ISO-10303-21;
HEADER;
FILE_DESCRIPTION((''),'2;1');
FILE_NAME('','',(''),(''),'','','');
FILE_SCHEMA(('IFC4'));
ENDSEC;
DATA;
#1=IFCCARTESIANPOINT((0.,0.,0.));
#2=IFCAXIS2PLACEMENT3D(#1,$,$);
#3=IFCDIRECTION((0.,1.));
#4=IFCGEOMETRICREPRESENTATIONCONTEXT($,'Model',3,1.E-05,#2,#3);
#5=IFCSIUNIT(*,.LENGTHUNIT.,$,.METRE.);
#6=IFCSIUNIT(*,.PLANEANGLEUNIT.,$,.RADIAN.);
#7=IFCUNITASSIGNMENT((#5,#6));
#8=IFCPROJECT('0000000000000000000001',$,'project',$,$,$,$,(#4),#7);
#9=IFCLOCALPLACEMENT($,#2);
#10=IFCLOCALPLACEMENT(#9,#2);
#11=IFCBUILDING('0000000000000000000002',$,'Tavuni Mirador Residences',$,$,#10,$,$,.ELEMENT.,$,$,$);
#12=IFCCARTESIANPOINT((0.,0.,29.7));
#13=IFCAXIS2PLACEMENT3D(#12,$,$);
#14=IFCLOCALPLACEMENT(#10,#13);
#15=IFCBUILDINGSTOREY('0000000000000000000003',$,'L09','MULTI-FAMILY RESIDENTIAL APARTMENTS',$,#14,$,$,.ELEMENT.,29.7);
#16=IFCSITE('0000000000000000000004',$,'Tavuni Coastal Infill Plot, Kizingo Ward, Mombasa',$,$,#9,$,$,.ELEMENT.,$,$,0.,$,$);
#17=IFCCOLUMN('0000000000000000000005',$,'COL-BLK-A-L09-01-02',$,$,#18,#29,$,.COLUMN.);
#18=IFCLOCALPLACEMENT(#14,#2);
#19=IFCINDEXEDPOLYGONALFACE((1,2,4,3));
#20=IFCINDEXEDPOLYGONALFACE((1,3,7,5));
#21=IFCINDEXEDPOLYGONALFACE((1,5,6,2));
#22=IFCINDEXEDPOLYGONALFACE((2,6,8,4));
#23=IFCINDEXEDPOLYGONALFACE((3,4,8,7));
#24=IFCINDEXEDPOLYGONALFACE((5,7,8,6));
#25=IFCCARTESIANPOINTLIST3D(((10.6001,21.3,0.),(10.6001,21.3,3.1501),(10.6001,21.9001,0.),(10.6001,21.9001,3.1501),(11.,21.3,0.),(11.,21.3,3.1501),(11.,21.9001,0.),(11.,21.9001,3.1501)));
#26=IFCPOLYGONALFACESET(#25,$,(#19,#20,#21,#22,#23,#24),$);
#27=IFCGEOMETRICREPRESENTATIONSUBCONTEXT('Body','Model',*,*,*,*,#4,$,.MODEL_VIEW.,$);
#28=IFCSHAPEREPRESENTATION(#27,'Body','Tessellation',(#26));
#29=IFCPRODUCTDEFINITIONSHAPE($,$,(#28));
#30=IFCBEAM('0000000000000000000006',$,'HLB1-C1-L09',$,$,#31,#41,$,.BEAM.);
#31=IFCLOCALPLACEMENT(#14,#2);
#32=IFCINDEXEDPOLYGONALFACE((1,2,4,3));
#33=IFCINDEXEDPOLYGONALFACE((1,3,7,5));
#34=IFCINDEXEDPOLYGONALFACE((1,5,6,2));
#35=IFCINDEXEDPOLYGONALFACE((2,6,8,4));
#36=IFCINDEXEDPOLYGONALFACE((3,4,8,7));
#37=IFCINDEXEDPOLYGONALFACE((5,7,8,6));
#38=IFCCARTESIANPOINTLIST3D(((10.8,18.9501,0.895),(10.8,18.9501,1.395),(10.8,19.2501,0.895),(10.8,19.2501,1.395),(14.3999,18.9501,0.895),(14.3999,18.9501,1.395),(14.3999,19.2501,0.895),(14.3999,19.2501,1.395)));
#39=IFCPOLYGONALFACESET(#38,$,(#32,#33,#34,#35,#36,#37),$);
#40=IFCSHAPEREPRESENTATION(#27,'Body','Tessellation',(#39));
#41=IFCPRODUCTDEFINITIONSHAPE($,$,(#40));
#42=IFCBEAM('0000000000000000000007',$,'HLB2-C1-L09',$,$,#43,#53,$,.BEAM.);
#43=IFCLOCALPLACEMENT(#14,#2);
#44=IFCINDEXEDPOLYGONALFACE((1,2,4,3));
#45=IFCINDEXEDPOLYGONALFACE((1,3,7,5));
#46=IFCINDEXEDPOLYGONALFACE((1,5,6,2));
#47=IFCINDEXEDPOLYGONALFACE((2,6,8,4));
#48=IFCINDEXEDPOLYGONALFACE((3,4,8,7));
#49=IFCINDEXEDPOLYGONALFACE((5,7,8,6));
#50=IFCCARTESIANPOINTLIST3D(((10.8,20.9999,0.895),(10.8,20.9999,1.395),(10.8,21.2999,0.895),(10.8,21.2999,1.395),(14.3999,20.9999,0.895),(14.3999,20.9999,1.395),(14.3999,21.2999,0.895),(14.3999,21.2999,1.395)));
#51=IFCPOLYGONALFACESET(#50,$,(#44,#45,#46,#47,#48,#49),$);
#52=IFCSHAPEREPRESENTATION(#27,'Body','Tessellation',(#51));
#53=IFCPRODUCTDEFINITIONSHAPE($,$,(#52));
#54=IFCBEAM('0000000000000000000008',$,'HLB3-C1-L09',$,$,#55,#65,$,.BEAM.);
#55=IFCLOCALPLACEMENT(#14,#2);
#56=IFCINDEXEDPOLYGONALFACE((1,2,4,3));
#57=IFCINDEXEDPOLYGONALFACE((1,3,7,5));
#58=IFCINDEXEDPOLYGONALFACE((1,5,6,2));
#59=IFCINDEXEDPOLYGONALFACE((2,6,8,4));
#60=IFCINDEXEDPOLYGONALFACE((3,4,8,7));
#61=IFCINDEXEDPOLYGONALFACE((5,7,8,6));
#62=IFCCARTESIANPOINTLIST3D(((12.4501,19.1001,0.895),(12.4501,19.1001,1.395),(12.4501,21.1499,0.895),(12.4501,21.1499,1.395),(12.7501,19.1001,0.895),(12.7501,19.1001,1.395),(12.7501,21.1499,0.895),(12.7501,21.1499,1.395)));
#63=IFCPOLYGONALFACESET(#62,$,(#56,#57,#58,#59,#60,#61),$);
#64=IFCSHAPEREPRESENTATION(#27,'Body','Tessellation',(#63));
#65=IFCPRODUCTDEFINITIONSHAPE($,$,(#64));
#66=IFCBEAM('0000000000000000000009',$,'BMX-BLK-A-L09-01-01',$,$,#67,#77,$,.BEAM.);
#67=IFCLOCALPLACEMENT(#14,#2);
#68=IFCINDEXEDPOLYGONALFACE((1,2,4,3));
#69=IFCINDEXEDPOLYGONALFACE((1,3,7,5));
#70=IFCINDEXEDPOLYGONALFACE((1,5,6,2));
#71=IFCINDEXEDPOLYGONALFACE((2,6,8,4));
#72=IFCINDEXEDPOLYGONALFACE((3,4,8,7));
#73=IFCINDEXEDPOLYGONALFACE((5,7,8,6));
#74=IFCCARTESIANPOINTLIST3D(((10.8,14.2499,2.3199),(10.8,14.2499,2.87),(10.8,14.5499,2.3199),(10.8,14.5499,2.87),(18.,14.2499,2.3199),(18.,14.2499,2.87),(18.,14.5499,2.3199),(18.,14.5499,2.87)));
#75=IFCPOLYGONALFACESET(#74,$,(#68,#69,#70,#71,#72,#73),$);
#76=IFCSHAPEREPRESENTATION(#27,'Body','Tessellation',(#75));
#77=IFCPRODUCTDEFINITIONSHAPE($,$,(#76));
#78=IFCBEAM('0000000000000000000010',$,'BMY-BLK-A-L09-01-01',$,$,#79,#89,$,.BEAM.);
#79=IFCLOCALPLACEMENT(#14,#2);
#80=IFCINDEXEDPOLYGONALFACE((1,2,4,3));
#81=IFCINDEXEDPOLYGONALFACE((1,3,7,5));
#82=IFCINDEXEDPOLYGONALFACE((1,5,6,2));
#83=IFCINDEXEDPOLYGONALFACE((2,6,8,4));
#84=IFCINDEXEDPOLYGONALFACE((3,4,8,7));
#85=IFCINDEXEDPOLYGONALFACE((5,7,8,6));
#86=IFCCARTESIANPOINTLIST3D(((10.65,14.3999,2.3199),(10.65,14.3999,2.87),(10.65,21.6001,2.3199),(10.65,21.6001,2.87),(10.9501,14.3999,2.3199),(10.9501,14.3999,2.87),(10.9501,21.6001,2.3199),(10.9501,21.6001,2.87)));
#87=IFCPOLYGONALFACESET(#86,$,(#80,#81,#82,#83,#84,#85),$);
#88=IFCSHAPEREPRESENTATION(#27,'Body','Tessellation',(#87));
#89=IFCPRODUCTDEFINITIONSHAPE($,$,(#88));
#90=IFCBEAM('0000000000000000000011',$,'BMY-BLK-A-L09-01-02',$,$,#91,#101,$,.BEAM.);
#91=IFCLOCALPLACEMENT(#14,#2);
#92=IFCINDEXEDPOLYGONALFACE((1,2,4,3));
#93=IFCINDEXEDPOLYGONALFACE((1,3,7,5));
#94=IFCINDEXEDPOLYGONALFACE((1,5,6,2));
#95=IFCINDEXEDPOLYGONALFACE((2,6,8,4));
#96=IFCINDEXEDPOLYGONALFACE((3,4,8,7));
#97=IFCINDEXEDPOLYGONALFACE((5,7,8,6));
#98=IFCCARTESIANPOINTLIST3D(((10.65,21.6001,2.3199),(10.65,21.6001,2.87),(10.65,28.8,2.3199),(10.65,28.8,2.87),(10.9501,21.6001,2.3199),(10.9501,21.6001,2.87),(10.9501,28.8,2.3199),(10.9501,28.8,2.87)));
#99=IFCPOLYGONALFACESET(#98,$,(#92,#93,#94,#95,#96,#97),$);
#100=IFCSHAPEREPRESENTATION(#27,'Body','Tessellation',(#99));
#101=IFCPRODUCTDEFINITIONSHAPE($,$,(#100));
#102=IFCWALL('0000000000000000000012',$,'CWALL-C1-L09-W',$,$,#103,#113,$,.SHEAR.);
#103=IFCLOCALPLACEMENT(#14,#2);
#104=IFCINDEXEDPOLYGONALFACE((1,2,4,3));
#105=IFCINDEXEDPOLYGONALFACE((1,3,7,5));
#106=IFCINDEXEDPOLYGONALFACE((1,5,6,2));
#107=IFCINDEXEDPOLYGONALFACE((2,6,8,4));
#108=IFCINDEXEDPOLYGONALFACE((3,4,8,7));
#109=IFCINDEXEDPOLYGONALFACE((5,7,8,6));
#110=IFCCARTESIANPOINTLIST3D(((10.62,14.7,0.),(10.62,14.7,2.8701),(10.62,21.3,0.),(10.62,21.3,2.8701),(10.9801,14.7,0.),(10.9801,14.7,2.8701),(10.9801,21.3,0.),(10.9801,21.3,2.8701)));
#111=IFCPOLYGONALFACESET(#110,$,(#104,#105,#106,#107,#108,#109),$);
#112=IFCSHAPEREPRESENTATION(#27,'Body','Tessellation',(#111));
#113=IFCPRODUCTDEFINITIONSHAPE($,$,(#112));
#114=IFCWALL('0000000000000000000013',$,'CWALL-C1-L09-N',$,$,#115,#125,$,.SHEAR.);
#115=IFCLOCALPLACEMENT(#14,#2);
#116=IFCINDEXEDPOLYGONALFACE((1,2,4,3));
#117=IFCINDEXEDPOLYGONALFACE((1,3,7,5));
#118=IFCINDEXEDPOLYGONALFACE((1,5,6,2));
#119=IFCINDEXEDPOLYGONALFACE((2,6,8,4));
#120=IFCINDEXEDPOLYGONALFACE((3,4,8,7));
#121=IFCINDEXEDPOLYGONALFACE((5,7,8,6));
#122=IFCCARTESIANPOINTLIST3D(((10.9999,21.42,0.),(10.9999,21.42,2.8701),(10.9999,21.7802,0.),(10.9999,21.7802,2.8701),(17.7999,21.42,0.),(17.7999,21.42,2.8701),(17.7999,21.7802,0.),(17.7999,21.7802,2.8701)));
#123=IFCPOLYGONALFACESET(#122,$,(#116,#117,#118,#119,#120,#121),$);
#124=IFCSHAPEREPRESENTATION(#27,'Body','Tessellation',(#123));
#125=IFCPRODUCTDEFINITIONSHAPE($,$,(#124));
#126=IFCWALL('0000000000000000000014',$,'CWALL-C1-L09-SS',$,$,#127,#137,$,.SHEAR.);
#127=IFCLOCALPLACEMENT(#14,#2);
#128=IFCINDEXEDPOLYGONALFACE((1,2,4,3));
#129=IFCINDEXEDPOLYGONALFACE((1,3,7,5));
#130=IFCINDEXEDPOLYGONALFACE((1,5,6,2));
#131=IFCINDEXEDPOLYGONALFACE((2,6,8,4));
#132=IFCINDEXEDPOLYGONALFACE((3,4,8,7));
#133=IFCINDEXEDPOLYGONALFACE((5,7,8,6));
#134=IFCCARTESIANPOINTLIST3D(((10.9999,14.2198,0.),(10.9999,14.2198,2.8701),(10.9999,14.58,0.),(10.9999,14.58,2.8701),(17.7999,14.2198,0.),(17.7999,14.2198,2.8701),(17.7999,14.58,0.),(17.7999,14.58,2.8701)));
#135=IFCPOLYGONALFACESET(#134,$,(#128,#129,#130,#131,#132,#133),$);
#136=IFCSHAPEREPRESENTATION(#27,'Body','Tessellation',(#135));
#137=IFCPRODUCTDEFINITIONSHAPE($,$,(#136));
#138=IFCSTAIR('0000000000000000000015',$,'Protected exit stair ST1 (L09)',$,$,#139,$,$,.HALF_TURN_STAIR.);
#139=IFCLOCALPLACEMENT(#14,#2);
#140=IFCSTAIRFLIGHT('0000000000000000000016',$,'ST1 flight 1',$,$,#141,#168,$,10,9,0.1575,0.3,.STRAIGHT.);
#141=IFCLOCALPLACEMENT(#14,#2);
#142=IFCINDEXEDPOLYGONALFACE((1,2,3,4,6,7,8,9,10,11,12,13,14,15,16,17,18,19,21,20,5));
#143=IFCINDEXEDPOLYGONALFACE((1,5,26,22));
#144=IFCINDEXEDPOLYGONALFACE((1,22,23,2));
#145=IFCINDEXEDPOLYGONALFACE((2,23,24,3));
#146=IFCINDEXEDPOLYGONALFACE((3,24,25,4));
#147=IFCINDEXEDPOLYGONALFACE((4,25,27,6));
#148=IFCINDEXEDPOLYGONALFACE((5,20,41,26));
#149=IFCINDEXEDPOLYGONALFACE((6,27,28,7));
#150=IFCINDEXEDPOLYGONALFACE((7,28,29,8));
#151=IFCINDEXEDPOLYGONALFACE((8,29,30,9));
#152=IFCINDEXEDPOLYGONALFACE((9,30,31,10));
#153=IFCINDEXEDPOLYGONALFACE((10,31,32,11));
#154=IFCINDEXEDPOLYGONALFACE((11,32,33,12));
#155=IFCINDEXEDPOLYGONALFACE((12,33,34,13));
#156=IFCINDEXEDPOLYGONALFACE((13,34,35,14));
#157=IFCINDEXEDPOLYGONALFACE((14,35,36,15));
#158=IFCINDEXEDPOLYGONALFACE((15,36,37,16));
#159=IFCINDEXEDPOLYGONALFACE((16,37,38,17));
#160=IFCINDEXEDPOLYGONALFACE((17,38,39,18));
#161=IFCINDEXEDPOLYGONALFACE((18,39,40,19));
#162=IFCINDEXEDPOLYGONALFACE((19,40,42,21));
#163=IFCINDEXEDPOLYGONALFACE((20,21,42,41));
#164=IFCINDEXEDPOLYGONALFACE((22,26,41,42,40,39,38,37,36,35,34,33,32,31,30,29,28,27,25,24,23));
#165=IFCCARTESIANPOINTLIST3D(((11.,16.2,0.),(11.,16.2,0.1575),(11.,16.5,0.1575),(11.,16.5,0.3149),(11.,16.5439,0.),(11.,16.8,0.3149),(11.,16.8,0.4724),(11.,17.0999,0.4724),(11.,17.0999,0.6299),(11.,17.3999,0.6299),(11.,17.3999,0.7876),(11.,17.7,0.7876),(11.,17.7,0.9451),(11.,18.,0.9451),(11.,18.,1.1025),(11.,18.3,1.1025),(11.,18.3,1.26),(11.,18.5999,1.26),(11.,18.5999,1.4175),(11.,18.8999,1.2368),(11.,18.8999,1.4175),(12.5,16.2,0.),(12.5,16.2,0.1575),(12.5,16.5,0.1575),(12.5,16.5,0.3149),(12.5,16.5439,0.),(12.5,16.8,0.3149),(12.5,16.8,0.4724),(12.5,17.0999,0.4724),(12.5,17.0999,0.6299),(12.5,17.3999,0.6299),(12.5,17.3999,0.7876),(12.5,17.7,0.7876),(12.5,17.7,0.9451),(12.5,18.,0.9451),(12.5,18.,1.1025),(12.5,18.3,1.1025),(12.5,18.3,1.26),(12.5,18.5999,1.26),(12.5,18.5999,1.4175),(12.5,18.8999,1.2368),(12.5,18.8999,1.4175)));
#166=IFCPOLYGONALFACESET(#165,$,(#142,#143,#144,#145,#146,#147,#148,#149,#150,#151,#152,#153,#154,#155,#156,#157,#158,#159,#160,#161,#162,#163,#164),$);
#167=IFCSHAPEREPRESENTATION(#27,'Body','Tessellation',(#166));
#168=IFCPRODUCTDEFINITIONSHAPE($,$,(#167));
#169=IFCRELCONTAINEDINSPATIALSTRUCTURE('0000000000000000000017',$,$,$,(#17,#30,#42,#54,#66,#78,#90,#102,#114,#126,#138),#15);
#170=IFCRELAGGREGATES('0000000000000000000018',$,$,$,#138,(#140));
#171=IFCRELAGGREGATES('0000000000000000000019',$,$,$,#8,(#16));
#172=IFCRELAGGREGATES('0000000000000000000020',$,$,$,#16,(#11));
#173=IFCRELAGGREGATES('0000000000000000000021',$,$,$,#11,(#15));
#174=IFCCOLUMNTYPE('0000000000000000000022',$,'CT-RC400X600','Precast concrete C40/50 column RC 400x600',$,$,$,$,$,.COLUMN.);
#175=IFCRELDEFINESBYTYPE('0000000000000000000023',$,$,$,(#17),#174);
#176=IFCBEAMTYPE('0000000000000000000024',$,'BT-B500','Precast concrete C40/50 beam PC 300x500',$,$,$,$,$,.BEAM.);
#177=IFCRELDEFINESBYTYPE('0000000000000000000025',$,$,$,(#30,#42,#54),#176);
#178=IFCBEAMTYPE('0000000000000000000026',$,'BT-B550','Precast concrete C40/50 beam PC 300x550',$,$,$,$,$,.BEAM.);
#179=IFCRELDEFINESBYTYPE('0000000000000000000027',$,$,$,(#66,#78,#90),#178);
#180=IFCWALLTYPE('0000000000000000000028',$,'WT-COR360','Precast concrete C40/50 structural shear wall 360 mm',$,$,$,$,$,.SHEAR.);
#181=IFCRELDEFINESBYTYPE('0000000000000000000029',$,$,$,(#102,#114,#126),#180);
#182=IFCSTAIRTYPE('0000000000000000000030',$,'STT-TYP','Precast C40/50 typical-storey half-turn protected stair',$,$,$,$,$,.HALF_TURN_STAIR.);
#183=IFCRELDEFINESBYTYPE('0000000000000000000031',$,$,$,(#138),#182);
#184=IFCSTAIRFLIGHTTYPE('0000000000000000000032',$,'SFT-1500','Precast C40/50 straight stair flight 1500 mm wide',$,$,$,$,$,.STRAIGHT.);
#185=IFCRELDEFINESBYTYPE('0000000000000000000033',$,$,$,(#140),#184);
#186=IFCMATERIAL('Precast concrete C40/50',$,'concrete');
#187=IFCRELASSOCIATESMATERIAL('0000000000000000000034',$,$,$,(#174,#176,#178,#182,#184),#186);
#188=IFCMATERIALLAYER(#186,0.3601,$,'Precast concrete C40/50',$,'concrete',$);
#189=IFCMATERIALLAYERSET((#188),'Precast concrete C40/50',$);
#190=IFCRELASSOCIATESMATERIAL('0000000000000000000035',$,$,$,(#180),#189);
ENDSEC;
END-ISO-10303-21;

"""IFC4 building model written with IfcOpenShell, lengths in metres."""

from ifc_helpers import new_model, si_unit, direction, frame, frame_2d, origin, origin_2d, place, context, subcontext, project, spatial, polyline, rectangle, outline, extrude, material, layer, layer_set, material_profile, profile_set, type_object, element, aggregate, save


model = new_model("IFC4")

# Units and contexts
model_context = context("Model", 3, precision=1e-05, world=origin(), true_north=direction((0.0, 1.0)))
body_context = subcontext(model_context, "Body", "Model", "MODEL_VIEW")
ifc_project = project(units=[si_unit("LENGTHUNIT", "METRE"), si_unit("PLANEANGLEUNIT", "RADIAN")], contexts=[model_context])

# Site, building, storey
site_placement = place(None, origin())
site = spatial("IfcSite", under=ifc_project, at=site_placement, Name="Tavuni Coastal Infill Plot, Kizingo Ward, Mombasa", CompositionType="ELEMENT", RefElevation=0.0)
building_placement = place(site_placement, origin())
building = spatial("IfcBuilding", under=site, at=building_placement, Name="Tavuni Mirador Residences", CompositionType="ELEMENT")
storey_placement = place(building_placement, frame((0.0, 0.0, 29.7)))
storey = spatial("IfcBuildingStorey", under=building, at=storey_placement, Name="L09", Description="MULTI-FAMILY RESIDENTIAL APARTMENTS", CompositionType="ELEMENT", Elevation=29.7)

# Column
ifc_material_1 = material(Name="Precast concrete C40/50", Category="concrete")
ifc_material_profile_1 = material_profile(ifc_material_1, rectangle(XDim=0.3999, YDim=0.6001, at=origin_2d()), Name="RC 400x600", Category="concrete")
ifc_profile_set_1 = profile_set([ifc_material_profile_1], Name="Precast concrete C40/50")
column_type = type_object("IfcColumnType", Name="CT-RC400X600", Description="Precast concrete C40/50 column RC 400x600", PredefinedType="COLUMN", material=ifc_profile_set_1)
column_placement = place(storey_placement, frame((10.8, 21.6001, 0.0), z_axis=(0.0, 0.0, 1.0), x_axis=(1.0, 0.0, 0.0)))
element("IfcColumn", 1, at=column_placement, inside=storey, type_object=column_type, Name="COL-BLK-A-L09-01-02", PredefinedType="COLUMN", context=body_context, shape_type="SweptSolid", body=[
    extrude(rectangle(XDim=0.3999, YDim=0.6001, at=origin_2d()), origin(), (0.0, 0.0, 1.0), 3.1501),
])

# Beams
ifc_material_profile_2 = material_profile(ifc_material_1, rectangle(XDim=0.3, YDim=0.5, at=origin_2d()), Name="PC 300x500", Category="concrete")
ifc_profile_set_2 = profile_set([ifc_material_profile_2], Name="Precast concrete C40/50")
beam_type_1 = type_object("IfcBeamType", Name="BT-B500", Description="Precast concrete C40/50 beam PC 300x500", PredefinedType="BEAM", material=ifc_profile_set_2)
for number, where, z_axis, x_axis, name in (
    (2, (10.8, 19.1001, 1.145), (1.0, 0.0, 0.0), (0.0, 1.0, 0.0), "HLB1-C1-L09"),
    (3, (10.8, 21.1499, 1.145), (1.0, 0.0, 0.0), (0.0, 1.0, 0.0), "HLB2-C1-L09"),
):
    element("IfcBeam", number, at=place(storey_placement, frame(where, z_axis=z_axis, x_axis=x_axis)), inside=storey, type_object=beam_type_1, Name=name, PredefinedType="BEAM", context=body_context, shape_type="SweptSolid", body=[
        extrude(rectangle(XDim=0.3, YDim=0.5, at=origin_2d()), origin(), (0.0, 0.0, 1.0), 3.5999),
    ])
beam_1_placement = place(storey_placement, frame((12.6001, 19.1001, 1.145), z_axis=(0.0, 1.0, 0.0), x_axis=(-1.0, 0.0, 0.0)))
element("IfcBeam", 4, at=beam_1_placement, inside=storey, type_object=beam_type_1, Name="HLB3-C1-L09", PredefinedType="BEAM", context=body_context, shape_type="SweptSolid", body=[
    extrude(rectangle(XDim=0.3, YDim=0.5, at=origin_2d()), origin(), (0.0, 0.0, 1.0), 2.0498),
])
ifc_material_profile_3 = material_profile(ifc_material_1, rectangle(XDim=0.3, YDim=0.55, at=origin_2d()), Name="PC 300x550", Category="concrete")
ifc_profile_set_3 = profile_set([ifc_material_profile_3], Name="Precast concrete C40/50")
beam_type_2 = type_object("IfcBeamType", Name="BT-B550", Description="Precast concrete C40/50 beam PC 300x550", PredefinedType="BEAM", material=ifc_profile_set_3)
beam_2_placement = place(storey_placement, frame((10.8, 14.3999, 2.595), z_axis=(1.0, 0.0, 0.0), x_axis=(0.0, 1.0, 0.0)))
element("IfcBeam", 5, at=beam_2_placement, inside=storey, type_object=beam_type_2, Name="BMX-BLK-A-L09-01-01", PredefinedType="BEAM", context=body_context, shape_type="SweptSolid", body=[
    extrude(rectangle(XDim=0.3, YDim=0.55, at=origin_2d()), origin(), (0.0, 0.0, 1.0), 7.2),
])
beam_3_placement = place(storey_placement, frame((10.8, 14.3999, 2.595), z_axis=(0.0, 1.0, 0.0), x_axis=(-1.0, 0.0, 0.0)))
element("IfcBeam", 6, at=beam_3_placement, inside=storey, type_object=beam_type_2, Name="BMY-BLK-A-L09-01-01", PredefinedType="BEAM", context=body_context, shape_type="SweptSolid", body=[
    extrude(rectangle(XDim=0.3, YDim=0.55, at=origin_2d()), origin(), (0.0, 0.0, 1.0), 7.2002),
])
beam_4_placement = place(storey_placement, frame((10.8, 21.6001, 2.595), z_axis=(0.0, 1.0, 0.0), x_axis=(-1.0, 0.0, 0.0)))
element("IfcBeam", 7, at=beam_4_placement, inside=storey, type_object=beam_type_2, Name="BMY-BLK-A-L09-01-02", PredefinedType="BEAM", context=body_context, shape_type="SweptSolid", body=[
    extrude(rectangle(XDim=0.3, YDim=0.55, at=origin_2d()), origin(), (0.0, 0.0, 1.0), 7.2),
])

# Walls
ifc_layer_1 = layer(ifc_material_1, 0.3601, Name="Precast concrete C40/50", Category="concrete")
ifc_layer_set_1 = layer_set([ifc_layer_1], Name="Precast concrete C40/50")
wall_type_1 = type_object("IfcWallType", Name="WT-COR360", Description="Precast concrete C40/50 structural shear wall 360 mm", PredefinedType="SHEAR", material=ifc_layer_set_1)
wall_1_placement = place(storey_placement, frame((10.8, 14.7, 0.0), z_axis=(0.0, 0.0, 1.0), x_axis=(0.0, 1.0, 0.0)))
element("IfcWall", 8, at=wall_1_placement, inside=storey, type_object=wall_type_1, Name="CWALL-C1-L09-W", PredefinedType="SHEAR", context=body_context, shape_type="SweptSolid", body=[
    extrude(rectangle(XDim=6.6001, YDim=0.3601, at=frame_2d((3.3, 0.0))), origin(), (0.0, 0.0, 1.0), 2.8701),
])
for number, where, z_axis, x_axis, name in (
    (9, (11.0, 21.6001, 0.0), (0.0, 0.0, 1.0), (1.0, 0.0, 0.0), "CWALL-C1-L09-N"),
    (10, (11.0, 14.3999, 0.0), (0.0, 0.0, 1.0), (1.0, 0.0, 0.0), "CWALL-C1-L09-SS"),
):
    element("IfcWall", number, at=place(storey_placement, frame(where, z_axis=z_axis, x_axis=x_axis)), inside=storey, type_object=wall_type_1, Name=name, PredefinedType="SHEAR", context=body_context, shape_type="SweptSolid", body=[
        extrude(rectangle(XDim=6.8, YDim=0.3601, at=frame_2d((3.3999, 0.0))), origin(), (0.0, 0.0, 1.0), 2.8701),
    ])

# Stair, stair flight
stair_type = type_object("IfcStairType", Name="STT-TYP", Description="Precast C40/50 typical-storey half-turn protected stair", PredefinedType="HALF_TURN_STAIR", material=ifc_material_1)
stair_placement = place(storey_placement, origin())
stair = element("IfcStair", 11, at=stair_placement, inside=storey, type_object=stair_type, Name="Protected exit stair ST1 (L09)", PredefinedType="HALF_TURN_STAIR")
stair_flight_type = type_object("IfcStairFlightType", Name="SFT-1500", Description="Precast C40/50 straight stair flight 1500 mm wide", PredefinedType="STRAIGHT", material=ifc_material_1)
stair_flight_placement = place(storey_placement, frame((11.75, 16.2, 0.0), z_axis=(0.0, 0.0, 1.0), x_axis=(0.0, 1.0, 0.0)))
stair_flight = element("IfcStairFlight", 12, at=stair_flight_placement, type_object=stair_flight_type, Name="ST1 flight 1", NumberOfRisers=10, NumberOfTreads=9, PredefinedType="STRAIGHT", RiserHeight=0.1575, TreadLength=0.3, context=body_context, shape_type="SweptSolid", body=[
    extrude(outline(polyline([(0.0, 0.0), (0.0, 0.1575), (0.3, 0.1575), (0.3, 0.3149), (0.6001, 0.3149), (0.6001, 0.4724), (0.8999, 0.4724), (0.8999, 0.6299), (1.2, 0.6299), (1.2, 0.7876), (1.5, 0.7876), (1.5, 0.9451), (1.8, 0.9451), (1.8, 1.1025), (2.1001, 1.1025), (2.1001, 1.26), (2.3999, 1.26), (2.3999, 1.4175), (2.7, 1.4175), (2.7, 1.575), (2.7, 1.2368), (0.344, 0.0), (0.0, 0.0)])), frame((0.0, 0.75, 0.0), z_axis=(0.0, -1.0, 0.0), x_axis=(1.0, 0.0, 0.0)), (0.0, 0.0, 1.0), 1.5),
])
aggregate(stair, [stair_flight])

save(model, "model.ifc")
